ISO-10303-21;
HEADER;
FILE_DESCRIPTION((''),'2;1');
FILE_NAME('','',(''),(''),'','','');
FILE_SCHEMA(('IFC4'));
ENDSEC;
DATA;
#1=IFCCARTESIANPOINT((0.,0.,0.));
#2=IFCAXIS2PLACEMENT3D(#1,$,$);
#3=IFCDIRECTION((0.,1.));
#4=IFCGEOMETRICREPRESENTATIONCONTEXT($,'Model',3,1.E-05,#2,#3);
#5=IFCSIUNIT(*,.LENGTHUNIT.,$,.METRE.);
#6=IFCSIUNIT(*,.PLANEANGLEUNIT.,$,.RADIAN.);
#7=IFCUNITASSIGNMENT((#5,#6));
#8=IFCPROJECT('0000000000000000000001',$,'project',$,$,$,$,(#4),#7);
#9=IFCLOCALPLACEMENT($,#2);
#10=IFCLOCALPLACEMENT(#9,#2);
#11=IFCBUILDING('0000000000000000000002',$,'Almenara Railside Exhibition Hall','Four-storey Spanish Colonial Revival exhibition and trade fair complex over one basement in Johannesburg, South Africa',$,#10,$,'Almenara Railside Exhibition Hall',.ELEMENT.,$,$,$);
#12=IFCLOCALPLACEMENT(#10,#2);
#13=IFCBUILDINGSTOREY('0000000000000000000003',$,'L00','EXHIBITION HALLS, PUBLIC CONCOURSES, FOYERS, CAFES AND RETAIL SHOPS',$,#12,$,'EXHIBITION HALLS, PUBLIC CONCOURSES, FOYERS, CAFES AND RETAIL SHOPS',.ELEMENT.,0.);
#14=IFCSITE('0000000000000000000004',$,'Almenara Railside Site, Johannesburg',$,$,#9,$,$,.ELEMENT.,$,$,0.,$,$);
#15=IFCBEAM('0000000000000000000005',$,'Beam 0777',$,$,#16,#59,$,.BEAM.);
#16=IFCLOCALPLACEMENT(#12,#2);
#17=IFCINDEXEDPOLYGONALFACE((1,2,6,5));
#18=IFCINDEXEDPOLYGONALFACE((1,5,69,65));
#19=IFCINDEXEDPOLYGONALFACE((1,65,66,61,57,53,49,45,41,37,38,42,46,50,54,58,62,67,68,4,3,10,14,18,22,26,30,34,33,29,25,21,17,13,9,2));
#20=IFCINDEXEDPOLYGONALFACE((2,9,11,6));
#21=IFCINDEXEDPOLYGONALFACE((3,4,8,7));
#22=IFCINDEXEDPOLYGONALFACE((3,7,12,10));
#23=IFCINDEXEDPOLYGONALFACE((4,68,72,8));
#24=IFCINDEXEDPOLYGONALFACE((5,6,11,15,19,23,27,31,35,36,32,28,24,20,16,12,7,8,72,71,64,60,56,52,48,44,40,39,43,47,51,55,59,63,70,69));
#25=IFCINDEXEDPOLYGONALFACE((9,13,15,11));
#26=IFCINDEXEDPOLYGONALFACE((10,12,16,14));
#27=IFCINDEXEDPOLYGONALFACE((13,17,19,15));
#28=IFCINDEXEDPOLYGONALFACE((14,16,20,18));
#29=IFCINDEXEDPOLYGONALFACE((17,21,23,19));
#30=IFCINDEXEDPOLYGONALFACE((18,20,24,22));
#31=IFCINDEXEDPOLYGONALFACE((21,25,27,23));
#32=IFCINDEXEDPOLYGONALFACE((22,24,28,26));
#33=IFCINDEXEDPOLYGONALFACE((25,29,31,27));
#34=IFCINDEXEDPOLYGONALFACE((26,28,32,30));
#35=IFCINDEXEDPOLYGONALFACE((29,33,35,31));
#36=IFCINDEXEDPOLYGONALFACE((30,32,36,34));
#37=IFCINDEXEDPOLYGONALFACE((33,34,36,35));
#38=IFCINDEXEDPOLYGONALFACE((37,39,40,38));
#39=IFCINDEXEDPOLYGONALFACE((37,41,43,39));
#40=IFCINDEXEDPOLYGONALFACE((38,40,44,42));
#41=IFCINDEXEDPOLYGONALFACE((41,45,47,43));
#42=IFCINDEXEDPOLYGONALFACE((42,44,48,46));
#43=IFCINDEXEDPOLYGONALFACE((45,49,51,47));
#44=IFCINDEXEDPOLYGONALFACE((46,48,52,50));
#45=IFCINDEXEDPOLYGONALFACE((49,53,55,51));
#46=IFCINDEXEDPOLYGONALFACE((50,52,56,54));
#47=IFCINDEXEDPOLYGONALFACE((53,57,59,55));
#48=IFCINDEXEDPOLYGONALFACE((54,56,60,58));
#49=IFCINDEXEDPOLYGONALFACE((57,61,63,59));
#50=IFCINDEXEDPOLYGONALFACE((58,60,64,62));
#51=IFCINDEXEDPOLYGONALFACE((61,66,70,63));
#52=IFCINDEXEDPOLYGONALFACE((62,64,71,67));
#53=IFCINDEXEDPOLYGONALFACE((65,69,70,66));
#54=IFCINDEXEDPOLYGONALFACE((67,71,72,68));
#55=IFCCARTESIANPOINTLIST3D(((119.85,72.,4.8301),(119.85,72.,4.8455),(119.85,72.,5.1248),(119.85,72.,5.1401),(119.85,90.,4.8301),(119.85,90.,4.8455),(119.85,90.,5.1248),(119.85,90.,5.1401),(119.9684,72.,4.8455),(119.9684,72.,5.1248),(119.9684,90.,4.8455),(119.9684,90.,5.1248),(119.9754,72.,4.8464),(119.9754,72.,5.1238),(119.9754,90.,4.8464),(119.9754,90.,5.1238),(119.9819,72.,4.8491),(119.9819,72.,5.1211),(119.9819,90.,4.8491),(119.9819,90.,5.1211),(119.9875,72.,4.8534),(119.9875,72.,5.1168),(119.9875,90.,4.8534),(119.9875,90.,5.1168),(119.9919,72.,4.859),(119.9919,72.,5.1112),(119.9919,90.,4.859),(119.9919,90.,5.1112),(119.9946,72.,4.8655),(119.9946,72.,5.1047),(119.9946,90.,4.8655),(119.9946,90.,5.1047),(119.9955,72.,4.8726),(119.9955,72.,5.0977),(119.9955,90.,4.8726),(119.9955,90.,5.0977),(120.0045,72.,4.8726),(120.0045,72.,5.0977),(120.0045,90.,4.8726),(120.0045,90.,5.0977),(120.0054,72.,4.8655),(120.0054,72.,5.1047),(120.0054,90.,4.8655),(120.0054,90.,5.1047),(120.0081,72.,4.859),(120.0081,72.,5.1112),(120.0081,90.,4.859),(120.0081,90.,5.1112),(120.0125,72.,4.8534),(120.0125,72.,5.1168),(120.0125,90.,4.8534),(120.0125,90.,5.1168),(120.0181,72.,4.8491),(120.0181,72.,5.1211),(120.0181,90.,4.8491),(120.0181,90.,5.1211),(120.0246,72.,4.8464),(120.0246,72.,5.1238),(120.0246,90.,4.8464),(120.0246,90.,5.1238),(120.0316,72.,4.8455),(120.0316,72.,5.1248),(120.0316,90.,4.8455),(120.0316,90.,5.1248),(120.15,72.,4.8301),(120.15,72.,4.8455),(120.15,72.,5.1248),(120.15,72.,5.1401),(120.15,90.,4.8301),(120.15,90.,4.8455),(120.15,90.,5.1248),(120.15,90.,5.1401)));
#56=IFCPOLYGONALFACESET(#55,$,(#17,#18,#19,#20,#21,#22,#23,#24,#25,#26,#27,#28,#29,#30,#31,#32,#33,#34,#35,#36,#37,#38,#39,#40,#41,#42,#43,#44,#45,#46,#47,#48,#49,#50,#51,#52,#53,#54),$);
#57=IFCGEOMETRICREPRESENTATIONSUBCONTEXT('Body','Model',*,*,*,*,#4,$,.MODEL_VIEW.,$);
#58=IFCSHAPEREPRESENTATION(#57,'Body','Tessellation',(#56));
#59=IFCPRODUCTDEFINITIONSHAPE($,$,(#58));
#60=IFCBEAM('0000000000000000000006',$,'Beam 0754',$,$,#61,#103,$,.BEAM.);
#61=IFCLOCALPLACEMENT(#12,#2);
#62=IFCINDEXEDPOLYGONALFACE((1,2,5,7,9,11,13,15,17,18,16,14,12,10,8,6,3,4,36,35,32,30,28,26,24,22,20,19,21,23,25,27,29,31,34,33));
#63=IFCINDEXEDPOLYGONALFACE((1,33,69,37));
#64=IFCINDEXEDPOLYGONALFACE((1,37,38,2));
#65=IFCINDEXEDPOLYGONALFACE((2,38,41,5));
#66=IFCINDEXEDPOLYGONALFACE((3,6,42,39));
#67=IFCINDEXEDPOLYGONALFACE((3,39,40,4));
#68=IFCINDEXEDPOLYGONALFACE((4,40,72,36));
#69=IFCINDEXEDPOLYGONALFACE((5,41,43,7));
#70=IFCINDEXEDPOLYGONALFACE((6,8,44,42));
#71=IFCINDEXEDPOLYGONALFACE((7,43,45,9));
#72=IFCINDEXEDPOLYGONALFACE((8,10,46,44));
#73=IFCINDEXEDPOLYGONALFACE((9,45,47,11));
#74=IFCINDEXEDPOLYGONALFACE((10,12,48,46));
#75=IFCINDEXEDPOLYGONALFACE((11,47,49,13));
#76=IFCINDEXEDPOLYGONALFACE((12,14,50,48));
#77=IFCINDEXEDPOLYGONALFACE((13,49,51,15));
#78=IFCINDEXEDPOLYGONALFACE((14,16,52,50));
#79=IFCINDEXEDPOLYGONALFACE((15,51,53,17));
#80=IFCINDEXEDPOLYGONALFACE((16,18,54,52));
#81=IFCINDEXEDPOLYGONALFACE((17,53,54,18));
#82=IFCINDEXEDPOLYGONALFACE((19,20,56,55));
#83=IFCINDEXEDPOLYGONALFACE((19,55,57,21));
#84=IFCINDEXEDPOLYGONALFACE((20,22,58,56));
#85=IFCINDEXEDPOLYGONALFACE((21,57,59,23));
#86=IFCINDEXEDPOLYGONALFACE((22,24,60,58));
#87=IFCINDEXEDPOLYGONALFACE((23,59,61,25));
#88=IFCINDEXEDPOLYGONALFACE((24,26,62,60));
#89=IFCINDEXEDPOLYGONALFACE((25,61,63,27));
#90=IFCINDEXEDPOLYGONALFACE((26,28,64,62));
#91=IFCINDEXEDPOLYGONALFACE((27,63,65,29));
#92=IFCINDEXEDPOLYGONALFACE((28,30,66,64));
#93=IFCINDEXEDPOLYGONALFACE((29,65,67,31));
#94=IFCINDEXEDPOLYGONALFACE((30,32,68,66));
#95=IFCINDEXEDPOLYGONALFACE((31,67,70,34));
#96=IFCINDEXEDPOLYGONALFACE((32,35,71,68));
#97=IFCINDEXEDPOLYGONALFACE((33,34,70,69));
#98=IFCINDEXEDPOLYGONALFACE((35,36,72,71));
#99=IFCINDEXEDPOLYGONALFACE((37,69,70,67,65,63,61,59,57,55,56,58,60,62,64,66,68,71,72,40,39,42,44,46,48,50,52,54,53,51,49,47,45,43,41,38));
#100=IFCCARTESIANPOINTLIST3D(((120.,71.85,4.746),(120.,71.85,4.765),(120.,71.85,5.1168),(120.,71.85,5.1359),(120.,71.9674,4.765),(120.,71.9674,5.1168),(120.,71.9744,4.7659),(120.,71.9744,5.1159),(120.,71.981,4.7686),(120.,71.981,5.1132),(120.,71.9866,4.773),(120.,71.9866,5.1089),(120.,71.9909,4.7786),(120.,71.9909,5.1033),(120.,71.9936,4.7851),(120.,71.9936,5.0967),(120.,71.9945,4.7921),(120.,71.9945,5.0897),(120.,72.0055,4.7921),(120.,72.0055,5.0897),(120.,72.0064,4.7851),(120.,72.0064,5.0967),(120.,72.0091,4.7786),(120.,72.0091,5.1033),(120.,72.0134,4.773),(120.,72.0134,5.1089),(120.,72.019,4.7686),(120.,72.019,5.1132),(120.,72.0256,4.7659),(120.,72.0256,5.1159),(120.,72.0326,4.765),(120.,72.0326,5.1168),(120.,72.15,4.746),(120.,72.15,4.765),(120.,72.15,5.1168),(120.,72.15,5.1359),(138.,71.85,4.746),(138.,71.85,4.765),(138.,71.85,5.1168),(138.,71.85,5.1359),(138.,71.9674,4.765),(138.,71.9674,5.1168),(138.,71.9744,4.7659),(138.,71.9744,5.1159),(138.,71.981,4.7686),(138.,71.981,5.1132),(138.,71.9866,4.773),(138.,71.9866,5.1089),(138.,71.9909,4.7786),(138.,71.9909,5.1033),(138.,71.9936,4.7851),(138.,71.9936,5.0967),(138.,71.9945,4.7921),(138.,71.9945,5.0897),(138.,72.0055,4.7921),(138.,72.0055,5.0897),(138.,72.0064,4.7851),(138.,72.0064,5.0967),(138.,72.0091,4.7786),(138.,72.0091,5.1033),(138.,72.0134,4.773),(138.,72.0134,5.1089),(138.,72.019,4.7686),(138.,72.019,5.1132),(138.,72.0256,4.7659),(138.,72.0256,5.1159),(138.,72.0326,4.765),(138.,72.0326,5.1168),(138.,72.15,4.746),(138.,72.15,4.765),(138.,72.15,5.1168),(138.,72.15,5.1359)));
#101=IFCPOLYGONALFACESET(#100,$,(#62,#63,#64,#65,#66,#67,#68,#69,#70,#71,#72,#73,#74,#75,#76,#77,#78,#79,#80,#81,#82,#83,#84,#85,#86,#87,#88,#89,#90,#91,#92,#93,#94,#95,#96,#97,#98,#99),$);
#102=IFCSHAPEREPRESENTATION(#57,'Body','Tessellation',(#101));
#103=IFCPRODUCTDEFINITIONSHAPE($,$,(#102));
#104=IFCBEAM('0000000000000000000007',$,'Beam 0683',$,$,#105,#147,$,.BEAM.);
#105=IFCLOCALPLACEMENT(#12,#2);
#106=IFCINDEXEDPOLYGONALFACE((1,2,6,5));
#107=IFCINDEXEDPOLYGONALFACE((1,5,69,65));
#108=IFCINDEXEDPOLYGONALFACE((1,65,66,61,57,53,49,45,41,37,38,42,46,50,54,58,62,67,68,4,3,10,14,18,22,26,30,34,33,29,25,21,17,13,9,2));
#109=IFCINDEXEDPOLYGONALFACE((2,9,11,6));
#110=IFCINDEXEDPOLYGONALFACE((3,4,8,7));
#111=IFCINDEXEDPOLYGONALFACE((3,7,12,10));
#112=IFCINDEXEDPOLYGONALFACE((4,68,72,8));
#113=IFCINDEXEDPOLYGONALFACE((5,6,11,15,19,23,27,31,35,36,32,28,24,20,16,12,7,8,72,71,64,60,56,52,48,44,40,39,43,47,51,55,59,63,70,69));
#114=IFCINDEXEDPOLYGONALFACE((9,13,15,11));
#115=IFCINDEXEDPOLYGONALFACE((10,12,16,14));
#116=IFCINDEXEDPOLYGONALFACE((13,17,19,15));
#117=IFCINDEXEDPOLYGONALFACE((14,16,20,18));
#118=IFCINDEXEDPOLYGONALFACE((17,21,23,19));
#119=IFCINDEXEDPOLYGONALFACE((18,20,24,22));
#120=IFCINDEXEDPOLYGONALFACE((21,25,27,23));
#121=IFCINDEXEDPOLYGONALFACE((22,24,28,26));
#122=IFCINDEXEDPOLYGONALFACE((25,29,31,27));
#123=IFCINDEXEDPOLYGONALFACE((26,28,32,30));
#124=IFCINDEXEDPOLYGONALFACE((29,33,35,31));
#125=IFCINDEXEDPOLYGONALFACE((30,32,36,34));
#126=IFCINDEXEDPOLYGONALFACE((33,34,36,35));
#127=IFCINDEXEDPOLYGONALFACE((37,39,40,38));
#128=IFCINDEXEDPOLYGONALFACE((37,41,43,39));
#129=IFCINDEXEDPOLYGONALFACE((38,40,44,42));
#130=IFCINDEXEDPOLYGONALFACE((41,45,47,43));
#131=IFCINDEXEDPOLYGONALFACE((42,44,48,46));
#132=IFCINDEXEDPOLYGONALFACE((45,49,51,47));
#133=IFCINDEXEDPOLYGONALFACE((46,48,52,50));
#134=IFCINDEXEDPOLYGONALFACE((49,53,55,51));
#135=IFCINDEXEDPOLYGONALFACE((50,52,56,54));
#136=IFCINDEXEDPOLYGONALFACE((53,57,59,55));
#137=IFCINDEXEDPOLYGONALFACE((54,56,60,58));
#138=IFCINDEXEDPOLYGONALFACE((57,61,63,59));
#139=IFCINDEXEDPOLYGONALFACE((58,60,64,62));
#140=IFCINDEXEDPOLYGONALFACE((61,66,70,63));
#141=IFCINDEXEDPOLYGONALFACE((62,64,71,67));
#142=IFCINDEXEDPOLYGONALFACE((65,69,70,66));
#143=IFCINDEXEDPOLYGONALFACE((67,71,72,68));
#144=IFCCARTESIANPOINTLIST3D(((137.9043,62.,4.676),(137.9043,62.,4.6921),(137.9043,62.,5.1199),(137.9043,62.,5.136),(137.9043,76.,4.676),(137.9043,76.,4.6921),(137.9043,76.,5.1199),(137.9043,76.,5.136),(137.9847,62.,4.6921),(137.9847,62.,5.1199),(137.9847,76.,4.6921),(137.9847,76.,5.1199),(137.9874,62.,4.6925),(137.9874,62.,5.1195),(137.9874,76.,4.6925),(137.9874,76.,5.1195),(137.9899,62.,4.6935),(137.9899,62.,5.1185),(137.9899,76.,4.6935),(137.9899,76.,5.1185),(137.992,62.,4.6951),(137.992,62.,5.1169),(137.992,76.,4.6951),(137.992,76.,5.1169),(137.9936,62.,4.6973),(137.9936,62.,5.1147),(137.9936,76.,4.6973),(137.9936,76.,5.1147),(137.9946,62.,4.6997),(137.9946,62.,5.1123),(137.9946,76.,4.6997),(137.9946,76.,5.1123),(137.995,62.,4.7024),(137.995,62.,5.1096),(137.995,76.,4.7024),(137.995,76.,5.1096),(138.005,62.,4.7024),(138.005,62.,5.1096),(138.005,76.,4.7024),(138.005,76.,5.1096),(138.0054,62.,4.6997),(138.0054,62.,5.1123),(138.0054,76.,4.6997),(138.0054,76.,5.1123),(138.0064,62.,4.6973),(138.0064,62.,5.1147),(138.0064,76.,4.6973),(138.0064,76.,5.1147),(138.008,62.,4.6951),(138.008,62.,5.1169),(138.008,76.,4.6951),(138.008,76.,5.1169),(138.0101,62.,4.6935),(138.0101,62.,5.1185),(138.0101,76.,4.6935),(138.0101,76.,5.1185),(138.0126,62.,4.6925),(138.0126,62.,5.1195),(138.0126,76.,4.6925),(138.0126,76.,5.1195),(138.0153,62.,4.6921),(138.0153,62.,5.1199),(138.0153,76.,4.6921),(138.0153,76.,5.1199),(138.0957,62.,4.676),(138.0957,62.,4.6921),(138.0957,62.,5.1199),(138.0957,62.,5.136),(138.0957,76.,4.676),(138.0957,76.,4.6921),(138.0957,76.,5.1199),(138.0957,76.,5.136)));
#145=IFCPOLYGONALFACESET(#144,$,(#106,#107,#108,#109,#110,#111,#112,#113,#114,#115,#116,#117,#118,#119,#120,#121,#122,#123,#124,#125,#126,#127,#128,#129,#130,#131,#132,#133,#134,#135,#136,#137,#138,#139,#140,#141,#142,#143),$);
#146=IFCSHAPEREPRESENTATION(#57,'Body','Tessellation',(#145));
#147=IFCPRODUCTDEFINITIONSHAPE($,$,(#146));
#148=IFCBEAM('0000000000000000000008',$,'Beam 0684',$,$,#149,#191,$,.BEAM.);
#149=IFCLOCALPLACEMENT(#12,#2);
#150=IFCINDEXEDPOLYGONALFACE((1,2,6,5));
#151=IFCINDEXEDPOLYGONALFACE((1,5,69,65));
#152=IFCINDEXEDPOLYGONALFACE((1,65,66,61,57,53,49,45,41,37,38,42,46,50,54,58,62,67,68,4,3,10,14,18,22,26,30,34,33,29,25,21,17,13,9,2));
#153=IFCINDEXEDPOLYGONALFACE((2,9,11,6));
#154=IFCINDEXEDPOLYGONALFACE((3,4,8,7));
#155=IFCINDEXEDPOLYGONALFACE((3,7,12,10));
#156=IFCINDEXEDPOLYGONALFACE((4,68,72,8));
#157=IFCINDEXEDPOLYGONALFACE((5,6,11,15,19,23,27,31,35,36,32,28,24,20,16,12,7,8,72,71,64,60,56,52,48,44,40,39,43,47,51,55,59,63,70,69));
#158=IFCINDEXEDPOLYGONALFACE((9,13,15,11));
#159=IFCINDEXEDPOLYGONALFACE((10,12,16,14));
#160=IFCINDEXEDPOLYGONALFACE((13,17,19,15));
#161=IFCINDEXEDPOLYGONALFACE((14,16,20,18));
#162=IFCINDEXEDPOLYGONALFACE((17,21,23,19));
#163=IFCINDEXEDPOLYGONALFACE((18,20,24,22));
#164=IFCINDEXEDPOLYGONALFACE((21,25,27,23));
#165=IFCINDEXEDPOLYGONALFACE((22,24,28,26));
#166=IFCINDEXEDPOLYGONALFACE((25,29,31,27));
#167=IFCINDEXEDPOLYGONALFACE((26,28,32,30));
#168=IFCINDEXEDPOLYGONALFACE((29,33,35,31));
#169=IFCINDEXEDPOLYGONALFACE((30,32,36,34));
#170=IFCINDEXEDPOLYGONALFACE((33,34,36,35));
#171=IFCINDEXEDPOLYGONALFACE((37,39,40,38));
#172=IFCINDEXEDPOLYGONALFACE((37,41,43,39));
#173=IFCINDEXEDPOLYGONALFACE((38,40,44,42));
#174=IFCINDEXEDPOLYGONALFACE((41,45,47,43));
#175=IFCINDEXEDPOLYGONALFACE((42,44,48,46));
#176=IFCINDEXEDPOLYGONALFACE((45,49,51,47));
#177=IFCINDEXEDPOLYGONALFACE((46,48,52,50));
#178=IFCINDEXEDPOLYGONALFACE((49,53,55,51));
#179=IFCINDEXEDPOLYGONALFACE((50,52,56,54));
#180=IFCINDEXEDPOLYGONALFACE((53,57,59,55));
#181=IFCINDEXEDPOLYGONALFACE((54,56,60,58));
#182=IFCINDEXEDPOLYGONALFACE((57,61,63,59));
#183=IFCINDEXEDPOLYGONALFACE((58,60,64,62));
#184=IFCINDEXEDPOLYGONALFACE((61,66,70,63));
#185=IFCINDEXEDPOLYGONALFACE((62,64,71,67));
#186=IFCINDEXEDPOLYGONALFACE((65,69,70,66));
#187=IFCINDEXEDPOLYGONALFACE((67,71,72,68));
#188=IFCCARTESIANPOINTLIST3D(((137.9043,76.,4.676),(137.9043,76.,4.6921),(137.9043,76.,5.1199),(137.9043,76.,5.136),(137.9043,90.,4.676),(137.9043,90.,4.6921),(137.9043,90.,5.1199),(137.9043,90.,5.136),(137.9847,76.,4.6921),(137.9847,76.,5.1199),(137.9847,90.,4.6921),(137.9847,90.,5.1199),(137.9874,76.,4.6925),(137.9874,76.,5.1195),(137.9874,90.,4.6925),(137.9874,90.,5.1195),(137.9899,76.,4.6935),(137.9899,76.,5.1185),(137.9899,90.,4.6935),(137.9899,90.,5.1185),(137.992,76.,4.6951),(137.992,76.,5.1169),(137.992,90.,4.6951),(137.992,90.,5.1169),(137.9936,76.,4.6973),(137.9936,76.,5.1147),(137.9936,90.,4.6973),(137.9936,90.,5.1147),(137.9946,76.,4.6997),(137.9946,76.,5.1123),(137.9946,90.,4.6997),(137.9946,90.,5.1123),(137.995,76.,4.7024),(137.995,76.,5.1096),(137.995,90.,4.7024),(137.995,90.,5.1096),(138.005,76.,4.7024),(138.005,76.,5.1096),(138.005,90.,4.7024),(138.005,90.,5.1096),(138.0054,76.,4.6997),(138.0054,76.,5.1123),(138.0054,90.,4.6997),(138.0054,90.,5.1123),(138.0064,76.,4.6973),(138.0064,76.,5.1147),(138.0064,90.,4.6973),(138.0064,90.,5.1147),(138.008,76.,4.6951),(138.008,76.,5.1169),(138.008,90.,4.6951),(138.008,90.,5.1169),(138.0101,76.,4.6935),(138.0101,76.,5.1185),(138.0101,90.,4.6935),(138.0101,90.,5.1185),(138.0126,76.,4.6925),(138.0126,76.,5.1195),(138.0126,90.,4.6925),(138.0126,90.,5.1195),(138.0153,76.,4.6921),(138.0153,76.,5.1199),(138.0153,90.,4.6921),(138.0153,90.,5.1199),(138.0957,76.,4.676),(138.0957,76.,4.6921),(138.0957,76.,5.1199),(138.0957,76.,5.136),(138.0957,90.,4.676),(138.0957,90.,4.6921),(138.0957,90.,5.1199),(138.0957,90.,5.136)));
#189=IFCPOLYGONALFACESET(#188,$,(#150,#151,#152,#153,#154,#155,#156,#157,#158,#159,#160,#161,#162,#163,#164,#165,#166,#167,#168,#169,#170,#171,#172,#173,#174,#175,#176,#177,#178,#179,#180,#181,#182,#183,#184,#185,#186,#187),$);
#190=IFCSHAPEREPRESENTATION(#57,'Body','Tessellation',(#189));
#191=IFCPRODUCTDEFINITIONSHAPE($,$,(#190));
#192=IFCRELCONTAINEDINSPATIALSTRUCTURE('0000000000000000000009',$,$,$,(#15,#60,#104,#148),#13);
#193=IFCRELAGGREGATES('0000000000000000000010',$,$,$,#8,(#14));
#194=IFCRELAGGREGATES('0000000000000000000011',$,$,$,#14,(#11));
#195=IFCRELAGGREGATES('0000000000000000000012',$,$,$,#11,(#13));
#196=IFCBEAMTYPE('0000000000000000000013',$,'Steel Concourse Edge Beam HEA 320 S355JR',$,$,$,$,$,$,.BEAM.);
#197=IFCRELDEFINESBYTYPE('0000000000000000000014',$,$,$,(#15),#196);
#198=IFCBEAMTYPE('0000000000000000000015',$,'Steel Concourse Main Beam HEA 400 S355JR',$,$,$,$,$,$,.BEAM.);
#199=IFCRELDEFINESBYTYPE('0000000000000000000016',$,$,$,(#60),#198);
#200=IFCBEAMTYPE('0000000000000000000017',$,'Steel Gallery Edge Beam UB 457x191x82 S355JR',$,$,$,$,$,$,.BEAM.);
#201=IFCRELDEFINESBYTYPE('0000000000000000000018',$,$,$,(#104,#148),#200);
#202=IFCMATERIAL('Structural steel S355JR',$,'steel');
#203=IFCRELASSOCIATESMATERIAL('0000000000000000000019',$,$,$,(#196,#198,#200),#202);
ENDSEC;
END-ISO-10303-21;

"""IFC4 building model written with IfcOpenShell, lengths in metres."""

from ifc_helpers import new_model, si_unit, direction, frame, origin, origin_2d, place, context, subcontext, project, spatial, i_section, extrude, material, material_profile, profile_set, type_object, element, save


model = new_model("IFC4")

# Units and contexts
model_context = context("Model", 3, precision=1e-05, world=origin(), true_north=direction((0.0, 1.0)))
body_context = subcontext(model_context, "Body", "Model", "MODEL_VIEW")
ifc_project = project(units=[si_unit("LENGTHUNIT", "METRE"), si_unit("PLANEANGLEUNIT", "RADIAN")], contexts=[model_context])

# Site, building, storey
site_placement = place(None, origin())
site = spatial("IfcSite", under=ifc_project, at=site_placement, Name="Almenara Railside Site, Johannesburg", CompositionType="ELEMENT", RefElevation=0.0)
building_placement = place(site_placement, origin())
building = spatial("IfcBuilding", under=site, at=building_placement, Name="Almenara Railside Exhibition Hall", Description="Four-storey Spanish Colonial Revival exhibition and trade fair complex over one basement in Johannesburg, South Africa", LongName="Almenara Railside Exhibition Hall", CompositionType="ELEMENT")
storey_placement = place(building_placement, origin())
storey = spatial("IfcBuildingStorey", under=building, at=storey_placement, Name="L00", Description="EXHIBITION HALLS, PUBLIC CONCOURSES, FOYERS, CAFES AND RETAIL SHOPS", LongName="EXHIBITION HALLS, PUBLIC CONCOURSES, FOYERS, CAFES AND RETAIL SHOPS", CompositionType="ELEMENT", Elevation=0.0)

# Beams
ifc_material_1 = material(Name="Structural steel S355JR", Category="steel")
ifc_material_profile_1 = material_profile(ifc_material_1, i_section(OverallWidth=0.3, OverallDepth=0.3101, WebThickness=0.009, FlangeThickness=0.0154, FilletRadius=0.0271, at=origin_2d()), Name="HEA 320")
ifc_profile_set_1 = profile_set([ifc_material_profile_1], Name="Structural steel S355JR")
beam_type_1 = type_object("IfcBeamType", Name="Steel Concourse Edge Beam HEA 320 S355JR", PredefinedType="BEAM", material=ifc_profile_set_1)
beam_1_placement = place(storey_placement, frame((120.0, 72.0, 4.9851), z_axis=(0.0, 1.0, 0.0), x_axis=(-1.0, 0.0, 0.0)))
element("IfcBeam", 1, at=beam_1_placement, inside=storey, type_object=beam_type_1, Name="Beam 0777", PredefinedType="BEAM", context=body_context, shape_type="SweptSolid", body=[
    extrude(i_section(OverallWidth=0.3, OverallDepth=0.3101, WebThickness=0.009, FlangeThickness=0.0154, FilletRadius=0.0271, at=origin_2d()), origin(), (0.0, 0.0, 1.0), 18.0),
])
ifc_material_profile_2 = material_profile(ifc_material_1, i_section(OverallWidth=0.3, OverallDepth=0.3899, WebThickness=0.011, FlangeThickness=0.019, FilletRadius=0.0271, at=origin_2d()), Name="HEA 400")
ifc_profile_set_2 = profile_set([ifc_material_profile_2], Name="Structural steel S355JR")
beam_type_2 = type_object("IfcBeamType", Name="Steel Concourse Main Beam HEA 400 S355JR", PredefinedType="BEAM", material=ifc_profile_set_2)
beam_2_placement = place(storey_placement, frame((120.0, 72.0, 4.9409), z_axis=(1.0, 0.0, 0.0), x_axis=(0.0, 1.0, 0.0)))
element("IfcBeam", 2, at=beam_2_placement, inside=storey, type_object=beam_type_2, Name="Beam 0754", PredefinedType="BEAM", context=body_context, shape_type="SweptSolid", body=[
    extrude(i_section(OverallWidth=0.3, OverallDepth=0.3899, WebThickness=0.011, FlangeThickness=0.019, FilletRadius=0.0271, at=origin_2d()), origin(), (0.0, 0.0, 1.0), 18.0),
])
ifc_material_profile_3 = material_profile(ifc_material_1, i_section(OverallWidth=0.1914, OverallDepth=0.46, WebThickness=0.01, FlangeThickness=0.0161, FilletRadius=0.0103, at=origin_2d()), Name="UB 457x191x82")
ifc_profile_set_3 = profile_set([ifc_material_profile_3], Name="Structural steel S355JR")
beam_type_3 = type_object("IfcBeamType", Name="Steel Gallery Edge Beam UB 457x191x82 S355JR", PredefinedType="BEAM", material=ifc_profile_set_3)
for number, where, z_axis, x_axis, name in (
    (3, (138.0, 62.0, 4.906), (0.0, 1.0, 0.0), (-1.0, 0.0, 0.0), "Beam 0683"),
    (4, (138.0, 76.0, 4.906), (0.0, 1.0, 0.0), (-1.0, 0.0, 0.0), "Beam 0684"),
):
    element("IfcBeam", number, at=place(storey_placement, frame(where, z_axis=z_axis, x_axis=x_axis)), inside=storey, type_object=beam_type_3, Name=name, PredefinedType="BEAM", context=body_context, shape_type="SweptSolid", body=[
        extrude(i_section(OverallWidth=0.1914, OverallDepth=0.46, WebThickness=0.01, FlangeThickness=0.0161, FilletRadius=0.0103, at=origin_2d()), origin(), (0.0, 0.0, 1.0), 14.0),
    ])

save(model, "model.ifc")
